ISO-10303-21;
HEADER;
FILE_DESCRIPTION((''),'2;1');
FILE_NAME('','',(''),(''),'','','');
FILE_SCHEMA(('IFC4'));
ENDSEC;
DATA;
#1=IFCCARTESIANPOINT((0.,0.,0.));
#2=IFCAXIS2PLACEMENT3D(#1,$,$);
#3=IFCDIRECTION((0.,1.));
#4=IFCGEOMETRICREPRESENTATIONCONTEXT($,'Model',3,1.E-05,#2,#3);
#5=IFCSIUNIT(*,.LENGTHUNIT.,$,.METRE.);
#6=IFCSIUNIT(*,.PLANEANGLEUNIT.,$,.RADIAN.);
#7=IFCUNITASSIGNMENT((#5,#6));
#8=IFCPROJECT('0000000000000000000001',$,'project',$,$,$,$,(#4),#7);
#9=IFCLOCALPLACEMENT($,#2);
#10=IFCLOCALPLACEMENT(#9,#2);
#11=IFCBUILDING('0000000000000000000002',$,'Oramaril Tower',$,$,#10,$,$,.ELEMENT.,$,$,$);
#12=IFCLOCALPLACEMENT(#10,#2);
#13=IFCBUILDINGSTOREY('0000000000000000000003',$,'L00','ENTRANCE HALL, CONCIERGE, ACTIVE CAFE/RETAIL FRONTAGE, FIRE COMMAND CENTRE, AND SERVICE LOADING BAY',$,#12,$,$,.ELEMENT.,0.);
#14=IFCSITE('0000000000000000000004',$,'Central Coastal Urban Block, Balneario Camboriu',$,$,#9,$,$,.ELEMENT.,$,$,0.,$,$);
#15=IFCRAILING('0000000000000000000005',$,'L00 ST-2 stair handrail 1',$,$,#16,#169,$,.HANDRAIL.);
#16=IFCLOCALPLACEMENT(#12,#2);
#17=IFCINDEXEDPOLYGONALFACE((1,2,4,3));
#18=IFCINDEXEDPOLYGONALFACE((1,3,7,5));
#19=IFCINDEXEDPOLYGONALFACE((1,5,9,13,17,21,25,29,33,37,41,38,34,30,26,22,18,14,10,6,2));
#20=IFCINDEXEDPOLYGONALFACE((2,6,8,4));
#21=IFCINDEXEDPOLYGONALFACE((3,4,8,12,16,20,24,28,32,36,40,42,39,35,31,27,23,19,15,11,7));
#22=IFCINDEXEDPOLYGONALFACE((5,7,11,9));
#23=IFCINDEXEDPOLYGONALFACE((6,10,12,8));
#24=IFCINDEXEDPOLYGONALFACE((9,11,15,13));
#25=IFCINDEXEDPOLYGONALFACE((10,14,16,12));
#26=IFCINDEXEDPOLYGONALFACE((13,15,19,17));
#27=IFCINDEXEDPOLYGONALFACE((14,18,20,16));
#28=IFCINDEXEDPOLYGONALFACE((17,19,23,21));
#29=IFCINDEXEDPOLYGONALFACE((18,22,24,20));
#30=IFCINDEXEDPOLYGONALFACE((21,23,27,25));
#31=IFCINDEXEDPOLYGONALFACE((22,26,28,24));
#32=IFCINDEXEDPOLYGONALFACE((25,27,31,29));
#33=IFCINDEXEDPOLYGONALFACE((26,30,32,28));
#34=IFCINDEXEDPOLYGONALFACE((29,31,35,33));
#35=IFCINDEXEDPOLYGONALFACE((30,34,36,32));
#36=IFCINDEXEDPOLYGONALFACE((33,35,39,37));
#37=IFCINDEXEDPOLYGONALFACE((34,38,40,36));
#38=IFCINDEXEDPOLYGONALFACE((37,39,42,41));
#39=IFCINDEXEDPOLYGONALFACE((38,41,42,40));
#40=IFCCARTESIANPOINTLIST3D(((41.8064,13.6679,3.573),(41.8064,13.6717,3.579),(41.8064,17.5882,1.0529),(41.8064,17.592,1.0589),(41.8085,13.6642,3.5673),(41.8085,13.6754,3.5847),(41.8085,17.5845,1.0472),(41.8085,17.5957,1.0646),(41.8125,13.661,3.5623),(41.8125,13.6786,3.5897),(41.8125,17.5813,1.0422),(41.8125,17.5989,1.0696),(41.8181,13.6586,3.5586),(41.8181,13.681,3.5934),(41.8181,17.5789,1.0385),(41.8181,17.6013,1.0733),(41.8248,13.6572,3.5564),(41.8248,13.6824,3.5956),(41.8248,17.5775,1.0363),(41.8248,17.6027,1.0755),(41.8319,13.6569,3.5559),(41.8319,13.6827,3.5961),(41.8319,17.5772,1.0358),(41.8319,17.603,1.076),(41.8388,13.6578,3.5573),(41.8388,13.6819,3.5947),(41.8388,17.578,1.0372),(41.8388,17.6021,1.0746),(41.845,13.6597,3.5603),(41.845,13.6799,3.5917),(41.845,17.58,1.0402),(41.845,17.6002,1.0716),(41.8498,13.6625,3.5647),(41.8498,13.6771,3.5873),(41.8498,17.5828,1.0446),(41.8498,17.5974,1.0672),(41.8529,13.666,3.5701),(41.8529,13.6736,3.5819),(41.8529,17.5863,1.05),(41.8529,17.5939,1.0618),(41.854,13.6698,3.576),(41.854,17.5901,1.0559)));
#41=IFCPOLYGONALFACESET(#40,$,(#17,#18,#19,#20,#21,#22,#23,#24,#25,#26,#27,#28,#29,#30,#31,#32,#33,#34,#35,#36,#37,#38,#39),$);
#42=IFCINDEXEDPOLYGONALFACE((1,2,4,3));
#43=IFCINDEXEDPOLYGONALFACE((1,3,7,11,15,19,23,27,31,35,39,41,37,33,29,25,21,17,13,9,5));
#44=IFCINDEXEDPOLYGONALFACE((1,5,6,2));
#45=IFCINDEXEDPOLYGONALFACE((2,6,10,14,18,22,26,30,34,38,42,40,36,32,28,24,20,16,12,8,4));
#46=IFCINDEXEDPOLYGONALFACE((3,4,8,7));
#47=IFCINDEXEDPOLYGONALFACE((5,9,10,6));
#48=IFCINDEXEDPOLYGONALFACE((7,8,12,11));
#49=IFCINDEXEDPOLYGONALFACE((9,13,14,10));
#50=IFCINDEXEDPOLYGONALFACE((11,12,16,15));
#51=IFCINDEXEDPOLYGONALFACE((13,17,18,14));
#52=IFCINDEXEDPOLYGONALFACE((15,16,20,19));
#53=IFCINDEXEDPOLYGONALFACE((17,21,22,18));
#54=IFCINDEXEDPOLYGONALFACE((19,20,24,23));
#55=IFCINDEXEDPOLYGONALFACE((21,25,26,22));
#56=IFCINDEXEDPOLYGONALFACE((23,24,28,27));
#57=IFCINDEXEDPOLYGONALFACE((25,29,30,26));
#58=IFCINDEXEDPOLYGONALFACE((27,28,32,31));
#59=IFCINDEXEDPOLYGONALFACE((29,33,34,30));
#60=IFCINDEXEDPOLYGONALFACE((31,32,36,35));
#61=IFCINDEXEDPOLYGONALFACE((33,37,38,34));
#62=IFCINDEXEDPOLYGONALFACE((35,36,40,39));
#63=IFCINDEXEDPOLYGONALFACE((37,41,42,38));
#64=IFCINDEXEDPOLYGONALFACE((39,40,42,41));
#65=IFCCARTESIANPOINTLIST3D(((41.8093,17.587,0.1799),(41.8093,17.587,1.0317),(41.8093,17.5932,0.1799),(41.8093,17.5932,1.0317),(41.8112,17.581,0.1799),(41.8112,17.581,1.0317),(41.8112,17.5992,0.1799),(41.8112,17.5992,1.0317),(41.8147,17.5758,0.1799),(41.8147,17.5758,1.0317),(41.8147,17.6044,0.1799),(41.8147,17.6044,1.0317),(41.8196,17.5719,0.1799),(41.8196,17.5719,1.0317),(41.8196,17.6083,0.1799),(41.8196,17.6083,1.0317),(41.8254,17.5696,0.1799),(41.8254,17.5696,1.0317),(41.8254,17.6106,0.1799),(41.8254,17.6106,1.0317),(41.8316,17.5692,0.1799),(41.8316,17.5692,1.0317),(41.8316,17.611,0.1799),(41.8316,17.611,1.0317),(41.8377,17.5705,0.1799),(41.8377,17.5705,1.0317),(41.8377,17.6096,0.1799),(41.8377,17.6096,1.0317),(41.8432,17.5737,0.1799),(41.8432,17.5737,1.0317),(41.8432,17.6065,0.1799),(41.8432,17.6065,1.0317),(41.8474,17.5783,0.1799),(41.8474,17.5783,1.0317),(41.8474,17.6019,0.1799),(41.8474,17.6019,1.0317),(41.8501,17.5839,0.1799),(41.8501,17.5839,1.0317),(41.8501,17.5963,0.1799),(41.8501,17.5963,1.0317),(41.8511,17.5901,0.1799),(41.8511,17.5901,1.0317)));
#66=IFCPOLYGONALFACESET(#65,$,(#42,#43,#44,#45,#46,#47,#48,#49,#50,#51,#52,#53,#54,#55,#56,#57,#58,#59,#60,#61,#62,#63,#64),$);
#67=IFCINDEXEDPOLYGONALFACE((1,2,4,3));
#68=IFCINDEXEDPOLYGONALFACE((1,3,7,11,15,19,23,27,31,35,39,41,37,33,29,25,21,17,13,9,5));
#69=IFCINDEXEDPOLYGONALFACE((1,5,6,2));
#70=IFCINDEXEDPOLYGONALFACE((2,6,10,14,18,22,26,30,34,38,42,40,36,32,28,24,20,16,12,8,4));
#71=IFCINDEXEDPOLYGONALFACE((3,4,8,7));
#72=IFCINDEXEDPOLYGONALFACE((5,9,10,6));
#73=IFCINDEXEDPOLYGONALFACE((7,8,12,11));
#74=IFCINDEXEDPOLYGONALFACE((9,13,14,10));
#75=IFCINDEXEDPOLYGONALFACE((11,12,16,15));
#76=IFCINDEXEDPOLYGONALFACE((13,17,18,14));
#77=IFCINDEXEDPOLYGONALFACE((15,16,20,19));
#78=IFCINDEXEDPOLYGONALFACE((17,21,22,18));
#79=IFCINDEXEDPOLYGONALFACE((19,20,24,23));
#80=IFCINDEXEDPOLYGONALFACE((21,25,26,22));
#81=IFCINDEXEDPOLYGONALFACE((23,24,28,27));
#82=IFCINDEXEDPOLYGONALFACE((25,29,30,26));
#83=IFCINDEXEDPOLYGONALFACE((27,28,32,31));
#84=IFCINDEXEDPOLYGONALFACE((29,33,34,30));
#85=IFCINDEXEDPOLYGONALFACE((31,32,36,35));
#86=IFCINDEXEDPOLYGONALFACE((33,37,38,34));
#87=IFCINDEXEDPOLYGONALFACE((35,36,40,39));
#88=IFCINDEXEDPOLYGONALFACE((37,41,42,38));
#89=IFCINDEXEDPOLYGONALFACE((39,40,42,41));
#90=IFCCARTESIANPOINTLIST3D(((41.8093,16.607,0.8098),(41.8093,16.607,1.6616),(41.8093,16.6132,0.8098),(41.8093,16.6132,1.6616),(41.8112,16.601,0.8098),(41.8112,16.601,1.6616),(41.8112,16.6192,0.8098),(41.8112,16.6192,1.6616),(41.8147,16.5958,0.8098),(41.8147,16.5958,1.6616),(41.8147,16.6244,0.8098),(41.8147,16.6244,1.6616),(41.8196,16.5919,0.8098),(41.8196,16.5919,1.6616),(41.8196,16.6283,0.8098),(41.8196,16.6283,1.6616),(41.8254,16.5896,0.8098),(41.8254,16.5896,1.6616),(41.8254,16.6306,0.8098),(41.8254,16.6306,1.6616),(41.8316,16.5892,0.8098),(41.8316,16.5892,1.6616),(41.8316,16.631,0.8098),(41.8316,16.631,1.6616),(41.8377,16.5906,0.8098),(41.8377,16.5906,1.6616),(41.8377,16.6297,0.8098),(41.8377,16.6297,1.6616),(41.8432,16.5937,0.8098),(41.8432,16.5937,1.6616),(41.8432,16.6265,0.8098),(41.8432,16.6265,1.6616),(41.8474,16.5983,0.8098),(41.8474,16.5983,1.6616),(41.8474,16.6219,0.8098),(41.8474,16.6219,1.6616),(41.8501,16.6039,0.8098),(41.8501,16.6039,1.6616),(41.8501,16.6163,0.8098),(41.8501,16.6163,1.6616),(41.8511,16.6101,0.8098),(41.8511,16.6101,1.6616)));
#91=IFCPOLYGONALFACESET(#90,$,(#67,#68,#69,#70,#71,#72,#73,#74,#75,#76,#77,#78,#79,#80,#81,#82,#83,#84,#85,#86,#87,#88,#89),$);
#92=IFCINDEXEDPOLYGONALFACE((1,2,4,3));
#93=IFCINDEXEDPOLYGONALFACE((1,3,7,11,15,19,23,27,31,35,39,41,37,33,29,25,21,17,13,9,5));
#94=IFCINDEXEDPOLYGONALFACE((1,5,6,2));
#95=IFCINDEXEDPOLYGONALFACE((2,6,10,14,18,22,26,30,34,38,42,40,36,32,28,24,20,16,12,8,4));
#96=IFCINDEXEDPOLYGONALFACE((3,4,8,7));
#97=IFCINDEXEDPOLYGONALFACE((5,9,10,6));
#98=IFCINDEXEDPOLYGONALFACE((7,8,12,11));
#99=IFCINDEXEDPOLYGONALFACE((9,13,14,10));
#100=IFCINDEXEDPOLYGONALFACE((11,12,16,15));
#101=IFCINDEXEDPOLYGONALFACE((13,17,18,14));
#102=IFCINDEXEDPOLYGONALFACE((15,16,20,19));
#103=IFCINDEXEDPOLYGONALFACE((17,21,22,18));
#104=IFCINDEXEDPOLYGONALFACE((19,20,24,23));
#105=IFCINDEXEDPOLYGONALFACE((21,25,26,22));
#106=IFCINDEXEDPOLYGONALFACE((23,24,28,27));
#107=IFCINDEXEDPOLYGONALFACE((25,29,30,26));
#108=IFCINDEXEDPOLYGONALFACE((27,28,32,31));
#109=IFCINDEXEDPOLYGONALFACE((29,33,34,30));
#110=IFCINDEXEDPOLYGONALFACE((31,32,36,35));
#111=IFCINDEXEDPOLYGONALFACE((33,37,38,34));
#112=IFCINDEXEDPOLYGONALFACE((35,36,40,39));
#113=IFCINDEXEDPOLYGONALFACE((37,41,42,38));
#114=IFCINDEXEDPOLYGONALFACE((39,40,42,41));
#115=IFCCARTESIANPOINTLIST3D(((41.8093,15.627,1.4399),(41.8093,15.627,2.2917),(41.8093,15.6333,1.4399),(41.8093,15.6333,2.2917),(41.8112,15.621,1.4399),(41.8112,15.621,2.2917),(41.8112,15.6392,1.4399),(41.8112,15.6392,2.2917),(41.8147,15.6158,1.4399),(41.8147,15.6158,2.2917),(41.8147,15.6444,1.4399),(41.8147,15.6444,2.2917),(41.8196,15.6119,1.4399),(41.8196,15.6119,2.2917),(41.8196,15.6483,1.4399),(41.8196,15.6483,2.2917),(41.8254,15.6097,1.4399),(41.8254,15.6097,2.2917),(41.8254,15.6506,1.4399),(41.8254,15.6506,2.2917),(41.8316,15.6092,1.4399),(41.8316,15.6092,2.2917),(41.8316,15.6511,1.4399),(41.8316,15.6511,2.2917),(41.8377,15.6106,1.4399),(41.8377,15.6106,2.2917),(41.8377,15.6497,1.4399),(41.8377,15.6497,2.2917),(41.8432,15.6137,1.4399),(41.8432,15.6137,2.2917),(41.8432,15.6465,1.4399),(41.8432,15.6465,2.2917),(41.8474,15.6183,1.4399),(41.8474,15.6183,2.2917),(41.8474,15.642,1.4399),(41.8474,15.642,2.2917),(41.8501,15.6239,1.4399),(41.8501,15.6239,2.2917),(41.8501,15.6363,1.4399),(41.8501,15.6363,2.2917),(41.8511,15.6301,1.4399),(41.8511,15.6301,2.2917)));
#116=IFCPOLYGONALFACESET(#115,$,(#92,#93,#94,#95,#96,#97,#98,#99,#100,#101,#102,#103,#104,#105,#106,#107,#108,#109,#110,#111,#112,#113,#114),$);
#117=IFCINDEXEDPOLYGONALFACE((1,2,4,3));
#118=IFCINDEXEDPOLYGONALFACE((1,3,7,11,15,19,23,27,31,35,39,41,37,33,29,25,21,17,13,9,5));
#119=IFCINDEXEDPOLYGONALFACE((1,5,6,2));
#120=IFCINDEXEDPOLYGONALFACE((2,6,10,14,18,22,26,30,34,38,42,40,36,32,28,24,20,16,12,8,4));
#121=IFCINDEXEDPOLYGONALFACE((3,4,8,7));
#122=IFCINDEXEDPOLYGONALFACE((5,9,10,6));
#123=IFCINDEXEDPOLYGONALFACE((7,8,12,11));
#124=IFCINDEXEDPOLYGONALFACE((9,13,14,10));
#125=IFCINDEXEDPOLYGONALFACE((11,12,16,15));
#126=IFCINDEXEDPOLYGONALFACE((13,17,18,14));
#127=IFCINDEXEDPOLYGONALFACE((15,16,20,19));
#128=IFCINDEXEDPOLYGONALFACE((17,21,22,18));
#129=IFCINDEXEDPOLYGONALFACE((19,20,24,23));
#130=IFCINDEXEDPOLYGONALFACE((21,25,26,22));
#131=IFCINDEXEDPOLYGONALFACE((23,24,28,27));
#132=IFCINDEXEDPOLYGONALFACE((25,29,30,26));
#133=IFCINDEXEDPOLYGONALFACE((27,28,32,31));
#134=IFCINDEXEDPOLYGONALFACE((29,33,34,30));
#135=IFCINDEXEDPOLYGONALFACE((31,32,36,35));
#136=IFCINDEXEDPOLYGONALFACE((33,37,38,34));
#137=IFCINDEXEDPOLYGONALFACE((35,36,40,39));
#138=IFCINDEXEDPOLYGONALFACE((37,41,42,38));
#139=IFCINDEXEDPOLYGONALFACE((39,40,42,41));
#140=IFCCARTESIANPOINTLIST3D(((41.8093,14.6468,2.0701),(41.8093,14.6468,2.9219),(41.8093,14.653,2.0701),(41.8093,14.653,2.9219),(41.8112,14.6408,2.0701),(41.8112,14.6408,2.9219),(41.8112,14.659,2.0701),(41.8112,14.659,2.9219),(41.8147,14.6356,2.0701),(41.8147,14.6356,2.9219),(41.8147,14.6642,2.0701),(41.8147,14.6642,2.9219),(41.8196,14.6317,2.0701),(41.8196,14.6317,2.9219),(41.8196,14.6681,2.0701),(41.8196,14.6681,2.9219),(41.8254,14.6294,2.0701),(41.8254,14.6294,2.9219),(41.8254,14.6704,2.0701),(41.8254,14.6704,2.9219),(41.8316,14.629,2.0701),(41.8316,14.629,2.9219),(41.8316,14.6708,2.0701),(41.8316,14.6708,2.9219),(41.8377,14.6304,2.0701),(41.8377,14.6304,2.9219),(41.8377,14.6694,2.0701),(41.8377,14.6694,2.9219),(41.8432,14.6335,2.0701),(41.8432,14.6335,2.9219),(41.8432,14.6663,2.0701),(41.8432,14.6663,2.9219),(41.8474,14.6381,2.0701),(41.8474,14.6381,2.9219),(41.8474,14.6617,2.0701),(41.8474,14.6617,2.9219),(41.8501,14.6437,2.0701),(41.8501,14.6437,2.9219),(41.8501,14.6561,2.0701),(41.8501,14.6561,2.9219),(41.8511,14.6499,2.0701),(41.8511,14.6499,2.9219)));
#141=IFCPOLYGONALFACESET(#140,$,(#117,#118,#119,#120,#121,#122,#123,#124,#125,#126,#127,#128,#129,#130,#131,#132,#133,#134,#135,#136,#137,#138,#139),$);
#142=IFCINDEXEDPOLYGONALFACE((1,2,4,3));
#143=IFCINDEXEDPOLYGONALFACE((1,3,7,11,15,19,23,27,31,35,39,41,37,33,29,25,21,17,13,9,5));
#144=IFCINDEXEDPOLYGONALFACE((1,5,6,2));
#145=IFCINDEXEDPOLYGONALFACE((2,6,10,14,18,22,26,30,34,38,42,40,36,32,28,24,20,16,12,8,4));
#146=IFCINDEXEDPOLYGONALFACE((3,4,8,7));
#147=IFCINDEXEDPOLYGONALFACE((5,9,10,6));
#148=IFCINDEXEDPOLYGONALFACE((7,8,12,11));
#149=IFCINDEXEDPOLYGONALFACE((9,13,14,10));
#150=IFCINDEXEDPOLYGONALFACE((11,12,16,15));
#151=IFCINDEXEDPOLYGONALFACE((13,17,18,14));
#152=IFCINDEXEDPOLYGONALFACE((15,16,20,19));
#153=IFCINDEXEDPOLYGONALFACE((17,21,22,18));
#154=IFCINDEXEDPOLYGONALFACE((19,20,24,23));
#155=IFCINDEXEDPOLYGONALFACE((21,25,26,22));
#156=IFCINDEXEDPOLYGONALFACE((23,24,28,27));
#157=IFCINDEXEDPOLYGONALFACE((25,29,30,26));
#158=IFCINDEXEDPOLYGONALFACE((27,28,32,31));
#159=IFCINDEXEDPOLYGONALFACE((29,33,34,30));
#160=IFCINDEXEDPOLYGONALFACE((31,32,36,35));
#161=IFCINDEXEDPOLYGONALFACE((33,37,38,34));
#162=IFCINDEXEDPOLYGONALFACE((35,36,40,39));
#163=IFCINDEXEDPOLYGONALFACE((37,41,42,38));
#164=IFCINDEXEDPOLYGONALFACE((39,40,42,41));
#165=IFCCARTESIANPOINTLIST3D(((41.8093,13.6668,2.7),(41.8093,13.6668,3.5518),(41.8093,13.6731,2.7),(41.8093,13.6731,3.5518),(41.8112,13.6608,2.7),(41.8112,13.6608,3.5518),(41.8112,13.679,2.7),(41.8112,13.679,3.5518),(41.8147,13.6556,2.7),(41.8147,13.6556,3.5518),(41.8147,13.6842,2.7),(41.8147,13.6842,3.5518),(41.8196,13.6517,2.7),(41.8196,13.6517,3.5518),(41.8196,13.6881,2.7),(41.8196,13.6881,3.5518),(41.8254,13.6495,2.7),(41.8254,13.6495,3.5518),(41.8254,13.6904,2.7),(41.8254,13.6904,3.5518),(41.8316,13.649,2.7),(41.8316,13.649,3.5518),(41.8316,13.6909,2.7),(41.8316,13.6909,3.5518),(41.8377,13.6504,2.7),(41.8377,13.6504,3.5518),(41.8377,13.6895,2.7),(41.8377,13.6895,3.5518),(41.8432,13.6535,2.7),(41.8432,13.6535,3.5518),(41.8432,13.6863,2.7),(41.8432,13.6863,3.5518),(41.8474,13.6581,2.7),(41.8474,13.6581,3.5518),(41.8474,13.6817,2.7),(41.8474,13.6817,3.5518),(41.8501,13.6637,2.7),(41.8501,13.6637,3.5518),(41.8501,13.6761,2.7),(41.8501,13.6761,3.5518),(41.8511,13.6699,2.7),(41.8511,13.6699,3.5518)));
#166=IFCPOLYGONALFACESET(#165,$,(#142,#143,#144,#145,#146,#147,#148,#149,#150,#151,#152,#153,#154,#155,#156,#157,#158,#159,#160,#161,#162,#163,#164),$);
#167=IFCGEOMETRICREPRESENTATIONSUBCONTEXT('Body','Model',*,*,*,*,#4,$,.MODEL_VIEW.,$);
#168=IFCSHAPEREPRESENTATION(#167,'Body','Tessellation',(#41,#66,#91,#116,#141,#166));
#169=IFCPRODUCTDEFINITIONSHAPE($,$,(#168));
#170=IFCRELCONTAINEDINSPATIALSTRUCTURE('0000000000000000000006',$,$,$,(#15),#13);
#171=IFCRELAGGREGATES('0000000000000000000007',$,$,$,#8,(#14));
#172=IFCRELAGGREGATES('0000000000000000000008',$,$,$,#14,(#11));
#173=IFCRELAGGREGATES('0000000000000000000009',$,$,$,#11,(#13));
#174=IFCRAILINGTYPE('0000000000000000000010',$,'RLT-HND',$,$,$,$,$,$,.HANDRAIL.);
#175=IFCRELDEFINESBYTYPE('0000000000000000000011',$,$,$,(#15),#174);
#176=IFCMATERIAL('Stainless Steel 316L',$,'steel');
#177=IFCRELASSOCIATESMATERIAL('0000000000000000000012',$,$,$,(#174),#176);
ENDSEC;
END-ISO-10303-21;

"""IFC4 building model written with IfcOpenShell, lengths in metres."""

from ifc_helpers import new_model, si_unit, direction, frame, origin, origin_2d, place, context, subcontext, project, spatial, circle, extrude, material, type_object, element, save


model = new_model("IFC4")

# Units and contexts
model_context = context("Model", 3, precision=1e-05, world=origin(), true_north=direction((0.0, 1.0)))
body_context = subcontext(model_context, "Body", "Model", "MODEL_VIEW")
ifc_project = project(units=[si_unit("LENGTHUNIT", "METRE"), si_unit("PLANEANGLEUNIT", "RADIAN")], contexts=[model_context])

# Site, building, storey
site_placement = place(None, origin())
site = spatial("IfcSite", under=ifc_project, at=site_placement, Name="Central Coastal Urban Block, Balneario Camboriu", CompositionType="ELEMENT", RefElevation=0.0)
building_placement = place(site_placement, origin())
building = spatial("IfcBuilding", under=site, at=building_placement, Name="Oramaril Tower", CompositionType="ELEMENT")
storey_placement = place(building_placement, origin())
storey = spatial("IfcBuildingStorey", under=building, at=storey_placement, Name="L00", Description="ENTRANCE HALL, CONCIERGE, ACTIVE CAFE/RETAIL FRONTAGE, FIRE COMMAND CENTRE, AND SERVICE LOADING BAY", CompositionType="ELEMENT", Elevation=0.0)

# Railing
ifc_material_1 = material(Name="Stainless Steel 316L", Category="steel")
railing_type_1 = type_object("IfcRailingType", Name="RLT-HND", PredefinedType="HANDRAIL", material=ifc_material_1)
for number, where, name in (
    (1, (41.8301, 17.5901, 0.1799), "L00 ST-2 stair handrail 1"),
):
    element("IfcRailing", number, at=place(storey_placement, frame(where)), inside=storey, type_object=railing_type_1, Name=name, PredefinedType="HANDRAIL", context=body_context, shape_type="SweptSolid", body=[
        extrude(circle(Radius=0.0239, at=origin_2d()), frame((0.0, 0.0, 0.876), z_axis=(0.0, -0.841187, 0.540744), x_axis=(1.0, 0.0, 0.0)), (0.0, 0.0, 1.0), 4.6604),
        extrude(circle(Radius=0.021, at=origin_2d()), origin(), (0.0, 0.0, 1.0), 0.8518),
        extrude(circle(Radius=0.021, at=origin_2d()), frame((0.0, -0.98, 0.6299)), (0.0, 0.0, 1.0), 0.8518),
        extrude(circle(Radius=0.021, at=origin_2d()), frame((0.0, -1.96, 1.26)), (0.0, 0.0, 1.0), 0.8518),
        extrude(circle(Radius=0.021, at=origin_2d()), frame((0.0, -2.9402, 1.8901)), (0.0, 0.0, 1.0), 0.8518),
        extrude(circle(Radius=0.021, at=origin_2d()), frame((0.0, -3.9202, 2.52)), (0.0, 0.0, 1.0), 0.8518),
    ])

save(model, "model.ifc")
